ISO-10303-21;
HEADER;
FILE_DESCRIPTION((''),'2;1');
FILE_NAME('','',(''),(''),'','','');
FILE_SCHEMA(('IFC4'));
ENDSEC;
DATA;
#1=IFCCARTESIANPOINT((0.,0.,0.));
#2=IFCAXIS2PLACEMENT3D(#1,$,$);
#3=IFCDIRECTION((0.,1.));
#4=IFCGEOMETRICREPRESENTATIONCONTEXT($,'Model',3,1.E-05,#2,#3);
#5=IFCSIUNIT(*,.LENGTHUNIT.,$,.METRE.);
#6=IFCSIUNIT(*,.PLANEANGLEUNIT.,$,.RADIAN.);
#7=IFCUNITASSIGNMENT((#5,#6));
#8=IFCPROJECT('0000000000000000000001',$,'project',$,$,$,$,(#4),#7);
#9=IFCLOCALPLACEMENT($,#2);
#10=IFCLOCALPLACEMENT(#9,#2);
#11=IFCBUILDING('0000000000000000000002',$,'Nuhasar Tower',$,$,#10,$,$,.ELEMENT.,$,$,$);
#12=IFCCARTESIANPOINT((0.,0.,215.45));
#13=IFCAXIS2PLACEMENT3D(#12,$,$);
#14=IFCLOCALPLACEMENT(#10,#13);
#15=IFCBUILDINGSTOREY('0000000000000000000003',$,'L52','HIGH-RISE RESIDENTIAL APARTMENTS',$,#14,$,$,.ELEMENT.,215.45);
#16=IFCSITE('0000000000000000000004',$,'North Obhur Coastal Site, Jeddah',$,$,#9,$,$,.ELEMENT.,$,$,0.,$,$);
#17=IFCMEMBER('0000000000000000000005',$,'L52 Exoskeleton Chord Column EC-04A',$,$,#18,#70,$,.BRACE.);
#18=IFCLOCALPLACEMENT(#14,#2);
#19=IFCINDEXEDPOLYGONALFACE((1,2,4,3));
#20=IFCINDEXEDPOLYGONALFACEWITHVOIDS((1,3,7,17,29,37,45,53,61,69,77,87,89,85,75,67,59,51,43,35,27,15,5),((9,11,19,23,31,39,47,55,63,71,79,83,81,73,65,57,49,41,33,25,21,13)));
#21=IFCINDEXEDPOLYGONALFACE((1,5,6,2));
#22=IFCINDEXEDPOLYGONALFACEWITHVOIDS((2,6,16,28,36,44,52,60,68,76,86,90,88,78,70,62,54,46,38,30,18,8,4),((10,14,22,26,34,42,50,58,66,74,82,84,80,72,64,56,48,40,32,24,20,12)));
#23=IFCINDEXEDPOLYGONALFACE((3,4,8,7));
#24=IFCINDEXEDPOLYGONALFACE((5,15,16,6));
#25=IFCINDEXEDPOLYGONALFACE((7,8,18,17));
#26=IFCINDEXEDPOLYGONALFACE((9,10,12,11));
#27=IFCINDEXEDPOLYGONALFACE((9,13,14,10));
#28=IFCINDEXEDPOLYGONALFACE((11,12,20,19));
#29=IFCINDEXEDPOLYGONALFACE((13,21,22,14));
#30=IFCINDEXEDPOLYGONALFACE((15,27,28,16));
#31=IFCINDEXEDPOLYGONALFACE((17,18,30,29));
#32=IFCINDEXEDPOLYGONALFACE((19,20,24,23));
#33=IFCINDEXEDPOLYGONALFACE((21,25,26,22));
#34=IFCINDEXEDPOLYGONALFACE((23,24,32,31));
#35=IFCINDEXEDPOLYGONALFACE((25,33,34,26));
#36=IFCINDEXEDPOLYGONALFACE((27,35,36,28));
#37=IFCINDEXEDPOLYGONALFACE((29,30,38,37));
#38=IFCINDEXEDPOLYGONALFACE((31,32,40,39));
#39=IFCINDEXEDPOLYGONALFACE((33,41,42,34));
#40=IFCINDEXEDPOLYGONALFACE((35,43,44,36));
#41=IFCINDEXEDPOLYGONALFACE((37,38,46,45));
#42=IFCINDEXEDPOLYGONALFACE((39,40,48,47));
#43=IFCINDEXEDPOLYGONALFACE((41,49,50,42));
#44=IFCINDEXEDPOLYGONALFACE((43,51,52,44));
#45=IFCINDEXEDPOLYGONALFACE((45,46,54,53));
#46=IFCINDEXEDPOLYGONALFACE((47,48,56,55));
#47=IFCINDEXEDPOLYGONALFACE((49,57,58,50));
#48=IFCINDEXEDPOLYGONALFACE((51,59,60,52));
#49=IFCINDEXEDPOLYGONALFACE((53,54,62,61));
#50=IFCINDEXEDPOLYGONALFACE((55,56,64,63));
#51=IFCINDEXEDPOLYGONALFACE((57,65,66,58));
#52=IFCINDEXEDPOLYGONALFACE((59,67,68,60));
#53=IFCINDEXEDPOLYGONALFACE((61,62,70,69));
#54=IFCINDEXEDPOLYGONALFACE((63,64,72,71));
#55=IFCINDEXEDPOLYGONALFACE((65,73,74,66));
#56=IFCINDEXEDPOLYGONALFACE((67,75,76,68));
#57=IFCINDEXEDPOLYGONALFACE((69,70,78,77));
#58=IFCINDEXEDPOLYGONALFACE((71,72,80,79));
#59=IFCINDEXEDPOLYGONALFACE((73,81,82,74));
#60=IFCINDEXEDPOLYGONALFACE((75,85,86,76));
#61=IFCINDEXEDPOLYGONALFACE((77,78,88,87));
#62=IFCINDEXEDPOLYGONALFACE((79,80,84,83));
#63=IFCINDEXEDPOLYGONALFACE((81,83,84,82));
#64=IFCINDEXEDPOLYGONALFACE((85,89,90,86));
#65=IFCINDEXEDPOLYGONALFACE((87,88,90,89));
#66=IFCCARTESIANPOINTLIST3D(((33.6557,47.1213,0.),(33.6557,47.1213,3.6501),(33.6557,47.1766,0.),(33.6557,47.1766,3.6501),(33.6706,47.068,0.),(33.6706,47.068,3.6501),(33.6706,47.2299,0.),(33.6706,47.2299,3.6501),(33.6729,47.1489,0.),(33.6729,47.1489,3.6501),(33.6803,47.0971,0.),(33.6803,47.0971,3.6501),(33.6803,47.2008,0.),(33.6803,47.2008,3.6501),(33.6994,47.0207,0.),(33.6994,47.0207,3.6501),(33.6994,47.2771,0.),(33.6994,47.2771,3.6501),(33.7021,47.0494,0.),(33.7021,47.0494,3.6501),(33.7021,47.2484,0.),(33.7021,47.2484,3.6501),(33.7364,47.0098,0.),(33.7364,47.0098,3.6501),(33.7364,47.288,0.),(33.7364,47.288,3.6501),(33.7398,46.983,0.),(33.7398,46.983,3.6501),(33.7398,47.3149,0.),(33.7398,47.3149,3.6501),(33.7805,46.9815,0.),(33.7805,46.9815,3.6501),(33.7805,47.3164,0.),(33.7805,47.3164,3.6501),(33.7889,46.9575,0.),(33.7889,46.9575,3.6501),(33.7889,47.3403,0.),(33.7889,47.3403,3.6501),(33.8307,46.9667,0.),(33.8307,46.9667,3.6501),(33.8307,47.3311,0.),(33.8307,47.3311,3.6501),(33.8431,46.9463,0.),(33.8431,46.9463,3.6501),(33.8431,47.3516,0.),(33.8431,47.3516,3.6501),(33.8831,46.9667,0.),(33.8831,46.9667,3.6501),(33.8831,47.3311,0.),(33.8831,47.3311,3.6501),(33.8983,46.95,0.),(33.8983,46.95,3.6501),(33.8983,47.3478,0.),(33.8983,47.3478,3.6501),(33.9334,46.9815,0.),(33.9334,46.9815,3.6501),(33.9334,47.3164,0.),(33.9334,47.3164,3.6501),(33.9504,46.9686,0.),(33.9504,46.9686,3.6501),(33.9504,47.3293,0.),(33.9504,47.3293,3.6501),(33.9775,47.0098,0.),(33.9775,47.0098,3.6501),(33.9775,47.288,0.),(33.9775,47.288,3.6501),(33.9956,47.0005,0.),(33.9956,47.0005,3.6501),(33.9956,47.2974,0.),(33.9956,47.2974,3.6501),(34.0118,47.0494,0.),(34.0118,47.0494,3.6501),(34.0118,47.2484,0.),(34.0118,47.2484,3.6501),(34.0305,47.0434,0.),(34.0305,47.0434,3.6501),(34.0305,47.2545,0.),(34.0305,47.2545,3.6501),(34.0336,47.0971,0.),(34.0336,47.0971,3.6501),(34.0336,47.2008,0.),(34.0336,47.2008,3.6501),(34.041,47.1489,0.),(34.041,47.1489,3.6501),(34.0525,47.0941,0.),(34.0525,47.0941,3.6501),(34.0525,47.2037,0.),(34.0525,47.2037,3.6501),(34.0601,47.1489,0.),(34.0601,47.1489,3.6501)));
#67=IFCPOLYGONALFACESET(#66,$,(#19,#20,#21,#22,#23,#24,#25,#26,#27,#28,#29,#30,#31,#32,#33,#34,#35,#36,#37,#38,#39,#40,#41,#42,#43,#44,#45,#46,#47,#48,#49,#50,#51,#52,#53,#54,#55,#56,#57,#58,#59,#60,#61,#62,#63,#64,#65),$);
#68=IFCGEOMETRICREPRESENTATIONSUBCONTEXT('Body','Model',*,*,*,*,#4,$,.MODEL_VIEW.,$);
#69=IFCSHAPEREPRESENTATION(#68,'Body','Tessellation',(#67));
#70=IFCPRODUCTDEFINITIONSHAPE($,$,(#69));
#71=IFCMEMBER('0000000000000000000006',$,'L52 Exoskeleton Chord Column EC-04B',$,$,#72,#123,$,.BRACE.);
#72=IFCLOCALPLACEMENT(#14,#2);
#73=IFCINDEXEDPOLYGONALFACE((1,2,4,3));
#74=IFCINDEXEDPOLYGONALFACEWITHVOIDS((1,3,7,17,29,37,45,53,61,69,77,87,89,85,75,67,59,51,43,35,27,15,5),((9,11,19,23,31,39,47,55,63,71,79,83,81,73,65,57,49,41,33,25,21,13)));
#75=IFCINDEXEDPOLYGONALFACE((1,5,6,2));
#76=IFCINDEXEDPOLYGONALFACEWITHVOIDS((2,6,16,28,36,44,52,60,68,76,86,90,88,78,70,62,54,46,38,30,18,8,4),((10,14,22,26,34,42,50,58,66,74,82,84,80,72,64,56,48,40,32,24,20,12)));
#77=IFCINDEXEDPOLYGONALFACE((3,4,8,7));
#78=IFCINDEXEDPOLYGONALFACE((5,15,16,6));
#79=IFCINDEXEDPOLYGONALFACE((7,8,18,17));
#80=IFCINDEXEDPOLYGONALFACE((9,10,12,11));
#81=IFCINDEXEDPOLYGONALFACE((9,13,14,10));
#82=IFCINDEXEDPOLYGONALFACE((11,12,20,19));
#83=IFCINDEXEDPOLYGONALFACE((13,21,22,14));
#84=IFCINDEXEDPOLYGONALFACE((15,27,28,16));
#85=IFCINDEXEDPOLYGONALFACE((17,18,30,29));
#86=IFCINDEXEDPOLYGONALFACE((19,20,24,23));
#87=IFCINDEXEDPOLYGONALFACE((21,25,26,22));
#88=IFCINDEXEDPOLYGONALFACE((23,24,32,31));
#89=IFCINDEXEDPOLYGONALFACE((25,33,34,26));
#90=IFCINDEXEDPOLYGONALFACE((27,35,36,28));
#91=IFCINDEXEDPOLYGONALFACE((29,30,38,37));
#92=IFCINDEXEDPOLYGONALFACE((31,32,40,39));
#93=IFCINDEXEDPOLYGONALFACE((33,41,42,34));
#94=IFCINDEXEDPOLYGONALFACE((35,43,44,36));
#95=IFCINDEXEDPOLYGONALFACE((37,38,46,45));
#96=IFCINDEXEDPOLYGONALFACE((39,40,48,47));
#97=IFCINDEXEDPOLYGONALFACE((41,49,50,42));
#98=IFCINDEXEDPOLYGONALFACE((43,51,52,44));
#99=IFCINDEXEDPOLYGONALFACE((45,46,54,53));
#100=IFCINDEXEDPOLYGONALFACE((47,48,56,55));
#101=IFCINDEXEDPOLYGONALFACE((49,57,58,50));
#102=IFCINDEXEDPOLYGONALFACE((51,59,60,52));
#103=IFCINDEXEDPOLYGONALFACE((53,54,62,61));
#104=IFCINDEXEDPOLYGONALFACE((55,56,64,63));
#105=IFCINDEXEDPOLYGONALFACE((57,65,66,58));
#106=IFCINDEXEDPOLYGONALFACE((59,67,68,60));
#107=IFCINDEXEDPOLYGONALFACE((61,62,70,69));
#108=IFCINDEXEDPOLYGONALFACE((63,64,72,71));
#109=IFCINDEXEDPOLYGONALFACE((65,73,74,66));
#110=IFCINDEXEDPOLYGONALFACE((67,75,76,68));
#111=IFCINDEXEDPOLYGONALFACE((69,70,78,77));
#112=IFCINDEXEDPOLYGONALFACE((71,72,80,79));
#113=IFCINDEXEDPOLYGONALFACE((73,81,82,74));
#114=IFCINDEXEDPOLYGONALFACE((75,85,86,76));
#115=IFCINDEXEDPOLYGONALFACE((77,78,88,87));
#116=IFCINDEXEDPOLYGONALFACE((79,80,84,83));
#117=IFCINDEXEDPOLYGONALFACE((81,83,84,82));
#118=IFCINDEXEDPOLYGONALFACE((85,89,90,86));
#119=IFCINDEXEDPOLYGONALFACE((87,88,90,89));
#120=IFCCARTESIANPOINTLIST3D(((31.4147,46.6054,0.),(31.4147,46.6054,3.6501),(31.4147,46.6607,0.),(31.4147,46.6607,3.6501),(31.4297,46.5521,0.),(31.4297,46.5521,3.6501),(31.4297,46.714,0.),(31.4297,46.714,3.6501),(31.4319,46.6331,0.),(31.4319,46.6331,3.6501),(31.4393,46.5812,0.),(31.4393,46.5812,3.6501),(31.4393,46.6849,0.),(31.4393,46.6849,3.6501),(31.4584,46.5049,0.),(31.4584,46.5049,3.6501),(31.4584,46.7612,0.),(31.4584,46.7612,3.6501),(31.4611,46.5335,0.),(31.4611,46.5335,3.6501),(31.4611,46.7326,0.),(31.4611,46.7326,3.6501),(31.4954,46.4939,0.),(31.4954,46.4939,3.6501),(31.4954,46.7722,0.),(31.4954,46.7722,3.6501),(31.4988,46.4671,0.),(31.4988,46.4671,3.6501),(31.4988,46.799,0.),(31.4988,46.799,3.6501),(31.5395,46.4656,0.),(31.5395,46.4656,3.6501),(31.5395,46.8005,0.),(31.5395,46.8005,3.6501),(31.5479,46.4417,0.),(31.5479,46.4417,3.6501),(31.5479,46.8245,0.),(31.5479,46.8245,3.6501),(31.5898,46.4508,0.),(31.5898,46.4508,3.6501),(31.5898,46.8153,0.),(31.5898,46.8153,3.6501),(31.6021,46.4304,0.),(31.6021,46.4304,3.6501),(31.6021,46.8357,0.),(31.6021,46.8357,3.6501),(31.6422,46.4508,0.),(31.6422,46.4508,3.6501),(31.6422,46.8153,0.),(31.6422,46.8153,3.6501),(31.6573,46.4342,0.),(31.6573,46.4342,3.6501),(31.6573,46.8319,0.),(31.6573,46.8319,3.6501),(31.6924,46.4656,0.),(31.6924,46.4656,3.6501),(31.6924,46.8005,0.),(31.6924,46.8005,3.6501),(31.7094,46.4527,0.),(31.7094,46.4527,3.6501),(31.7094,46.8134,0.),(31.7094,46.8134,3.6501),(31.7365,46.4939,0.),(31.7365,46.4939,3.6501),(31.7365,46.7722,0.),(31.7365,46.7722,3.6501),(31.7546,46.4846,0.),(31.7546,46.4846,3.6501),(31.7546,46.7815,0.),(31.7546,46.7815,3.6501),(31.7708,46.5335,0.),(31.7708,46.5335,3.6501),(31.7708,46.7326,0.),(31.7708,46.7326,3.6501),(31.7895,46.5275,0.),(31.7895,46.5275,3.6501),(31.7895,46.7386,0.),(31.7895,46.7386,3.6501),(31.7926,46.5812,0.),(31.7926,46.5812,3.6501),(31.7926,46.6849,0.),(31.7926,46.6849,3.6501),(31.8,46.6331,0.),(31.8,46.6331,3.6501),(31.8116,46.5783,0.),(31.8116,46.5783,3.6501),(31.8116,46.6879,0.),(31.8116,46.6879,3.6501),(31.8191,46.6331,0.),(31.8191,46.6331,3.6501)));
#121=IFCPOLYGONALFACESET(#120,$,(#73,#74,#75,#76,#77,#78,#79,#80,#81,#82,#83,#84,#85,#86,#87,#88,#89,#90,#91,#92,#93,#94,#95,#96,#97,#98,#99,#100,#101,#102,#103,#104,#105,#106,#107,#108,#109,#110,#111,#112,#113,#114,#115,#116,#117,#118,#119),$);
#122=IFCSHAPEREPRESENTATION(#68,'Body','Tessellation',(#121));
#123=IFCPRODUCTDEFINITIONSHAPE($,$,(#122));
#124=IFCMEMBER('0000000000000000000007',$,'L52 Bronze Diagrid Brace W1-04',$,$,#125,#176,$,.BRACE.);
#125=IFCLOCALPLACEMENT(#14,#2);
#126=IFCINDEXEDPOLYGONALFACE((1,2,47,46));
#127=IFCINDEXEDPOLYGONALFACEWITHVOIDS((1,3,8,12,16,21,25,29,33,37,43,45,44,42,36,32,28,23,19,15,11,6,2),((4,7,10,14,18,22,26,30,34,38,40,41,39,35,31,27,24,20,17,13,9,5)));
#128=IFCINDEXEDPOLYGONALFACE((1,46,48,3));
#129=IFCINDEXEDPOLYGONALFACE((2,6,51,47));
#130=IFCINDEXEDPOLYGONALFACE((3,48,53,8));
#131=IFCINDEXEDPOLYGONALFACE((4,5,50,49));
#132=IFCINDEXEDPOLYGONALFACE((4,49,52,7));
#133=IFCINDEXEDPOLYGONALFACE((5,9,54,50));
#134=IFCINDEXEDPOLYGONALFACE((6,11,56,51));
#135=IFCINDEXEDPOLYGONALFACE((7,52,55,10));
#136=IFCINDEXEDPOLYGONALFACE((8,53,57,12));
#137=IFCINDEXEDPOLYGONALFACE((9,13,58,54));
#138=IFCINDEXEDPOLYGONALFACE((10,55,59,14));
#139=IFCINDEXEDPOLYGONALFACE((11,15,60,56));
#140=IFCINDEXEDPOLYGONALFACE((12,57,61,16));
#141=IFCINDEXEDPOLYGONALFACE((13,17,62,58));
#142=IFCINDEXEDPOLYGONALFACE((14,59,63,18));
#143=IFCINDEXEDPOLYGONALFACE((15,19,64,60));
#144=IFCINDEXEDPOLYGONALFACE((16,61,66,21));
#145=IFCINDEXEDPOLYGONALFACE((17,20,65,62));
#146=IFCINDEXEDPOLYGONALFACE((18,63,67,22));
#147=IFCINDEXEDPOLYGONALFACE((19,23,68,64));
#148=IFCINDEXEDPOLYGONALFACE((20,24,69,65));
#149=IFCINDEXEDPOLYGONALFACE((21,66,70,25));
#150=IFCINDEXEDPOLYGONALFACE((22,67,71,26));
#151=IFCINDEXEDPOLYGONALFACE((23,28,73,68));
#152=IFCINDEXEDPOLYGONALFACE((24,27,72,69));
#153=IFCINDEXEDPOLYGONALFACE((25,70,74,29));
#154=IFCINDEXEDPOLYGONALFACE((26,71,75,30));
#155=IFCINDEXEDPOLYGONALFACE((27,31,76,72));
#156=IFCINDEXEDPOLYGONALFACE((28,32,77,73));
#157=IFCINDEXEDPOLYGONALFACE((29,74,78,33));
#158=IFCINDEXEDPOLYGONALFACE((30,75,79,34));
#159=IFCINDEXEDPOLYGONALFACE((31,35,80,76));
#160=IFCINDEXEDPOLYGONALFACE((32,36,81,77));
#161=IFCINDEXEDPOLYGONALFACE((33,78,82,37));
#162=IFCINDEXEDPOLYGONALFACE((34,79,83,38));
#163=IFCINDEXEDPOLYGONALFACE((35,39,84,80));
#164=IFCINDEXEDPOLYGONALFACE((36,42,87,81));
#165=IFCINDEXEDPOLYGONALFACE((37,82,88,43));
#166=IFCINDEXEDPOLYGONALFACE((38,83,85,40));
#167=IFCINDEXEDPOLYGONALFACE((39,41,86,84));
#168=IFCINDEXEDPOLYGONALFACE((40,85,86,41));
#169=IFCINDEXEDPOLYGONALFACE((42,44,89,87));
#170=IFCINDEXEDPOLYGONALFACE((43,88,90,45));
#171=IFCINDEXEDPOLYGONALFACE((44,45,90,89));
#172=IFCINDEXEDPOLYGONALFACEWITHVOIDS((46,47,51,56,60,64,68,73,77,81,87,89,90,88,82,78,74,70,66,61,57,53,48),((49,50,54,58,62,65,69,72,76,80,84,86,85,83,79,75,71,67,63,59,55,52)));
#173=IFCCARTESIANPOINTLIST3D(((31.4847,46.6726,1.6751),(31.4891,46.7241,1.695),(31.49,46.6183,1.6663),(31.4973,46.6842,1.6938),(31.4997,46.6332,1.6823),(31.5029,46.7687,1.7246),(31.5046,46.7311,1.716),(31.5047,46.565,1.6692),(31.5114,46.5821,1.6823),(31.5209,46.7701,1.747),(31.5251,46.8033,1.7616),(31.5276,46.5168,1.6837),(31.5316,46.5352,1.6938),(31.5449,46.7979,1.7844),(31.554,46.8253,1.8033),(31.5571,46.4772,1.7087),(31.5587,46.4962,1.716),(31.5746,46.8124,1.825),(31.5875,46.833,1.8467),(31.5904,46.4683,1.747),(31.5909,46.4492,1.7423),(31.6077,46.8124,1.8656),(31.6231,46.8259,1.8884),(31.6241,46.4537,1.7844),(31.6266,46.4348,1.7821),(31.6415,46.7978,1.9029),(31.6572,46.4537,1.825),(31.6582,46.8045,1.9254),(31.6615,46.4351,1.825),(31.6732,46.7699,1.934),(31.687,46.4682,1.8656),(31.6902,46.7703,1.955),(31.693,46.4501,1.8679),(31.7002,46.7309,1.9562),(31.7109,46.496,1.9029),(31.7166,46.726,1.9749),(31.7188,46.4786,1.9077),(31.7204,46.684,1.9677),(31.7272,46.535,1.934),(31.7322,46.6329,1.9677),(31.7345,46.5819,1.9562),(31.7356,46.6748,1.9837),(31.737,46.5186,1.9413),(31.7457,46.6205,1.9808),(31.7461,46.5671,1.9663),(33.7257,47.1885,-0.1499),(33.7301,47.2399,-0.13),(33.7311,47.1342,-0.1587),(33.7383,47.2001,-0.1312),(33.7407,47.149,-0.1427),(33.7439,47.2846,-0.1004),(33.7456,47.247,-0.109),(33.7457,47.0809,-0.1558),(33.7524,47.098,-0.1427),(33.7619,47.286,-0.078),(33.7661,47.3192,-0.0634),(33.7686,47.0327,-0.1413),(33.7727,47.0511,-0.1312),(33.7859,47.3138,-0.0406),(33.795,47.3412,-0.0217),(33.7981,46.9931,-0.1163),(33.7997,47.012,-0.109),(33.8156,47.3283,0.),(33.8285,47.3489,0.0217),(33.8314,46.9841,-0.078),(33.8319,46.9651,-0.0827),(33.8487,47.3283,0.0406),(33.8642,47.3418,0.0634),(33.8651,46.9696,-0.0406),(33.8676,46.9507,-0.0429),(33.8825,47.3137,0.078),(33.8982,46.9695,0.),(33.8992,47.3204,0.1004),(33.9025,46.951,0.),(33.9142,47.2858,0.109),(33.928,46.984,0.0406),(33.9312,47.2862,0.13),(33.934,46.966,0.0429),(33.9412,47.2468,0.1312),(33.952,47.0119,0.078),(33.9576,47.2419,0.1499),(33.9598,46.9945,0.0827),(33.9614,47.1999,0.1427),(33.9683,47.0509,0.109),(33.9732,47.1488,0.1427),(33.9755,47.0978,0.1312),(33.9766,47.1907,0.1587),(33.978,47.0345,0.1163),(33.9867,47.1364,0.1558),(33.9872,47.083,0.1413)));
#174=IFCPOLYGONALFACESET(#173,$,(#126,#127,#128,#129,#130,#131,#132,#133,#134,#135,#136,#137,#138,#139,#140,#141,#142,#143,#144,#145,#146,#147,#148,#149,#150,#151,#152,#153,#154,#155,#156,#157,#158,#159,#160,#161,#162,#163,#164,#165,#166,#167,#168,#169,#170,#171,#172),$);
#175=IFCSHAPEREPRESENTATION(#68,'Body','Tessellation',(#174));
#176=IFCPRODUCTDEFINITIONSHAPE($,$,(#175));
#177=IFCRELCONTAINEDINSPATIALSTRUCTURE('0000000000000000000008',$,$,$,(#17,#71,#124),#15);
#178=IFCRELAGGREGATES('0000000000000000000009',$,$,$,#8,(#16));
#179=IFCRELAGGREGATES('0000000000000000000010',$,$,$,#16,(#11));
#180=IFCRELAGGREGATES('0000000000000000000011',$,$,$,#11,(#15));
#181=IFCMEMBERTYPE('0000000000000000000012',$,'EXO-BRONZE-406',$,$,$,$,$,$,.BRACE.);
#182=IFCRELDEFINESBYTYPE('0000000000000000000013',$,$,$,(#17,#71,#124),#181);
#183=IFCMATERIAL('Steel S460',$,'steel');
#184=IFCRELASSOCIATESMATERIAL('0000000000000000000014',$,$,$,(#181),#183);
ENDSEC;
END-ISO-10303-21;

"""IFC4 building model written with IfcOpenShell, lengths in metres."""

from ifc_helpers import new_model, si_unit, direction, frame, origin, origin_2d, place, context, subcontext, project, spatial, hollow_circle, extrude, material, material_profile, profile_set, type_object, element, save


model = new_model("IFC4")

# Units and contexts
model_context = context("Model", 3, precision=1e-05, world=origin(), true_north=direction((0.0, 1.0)))
body_context = subcontext(model_context, "Body", "Model", "MODEL_VIEW")
ifc_project = project(units=[si_unit("LENGTHUNIT", "METRE"), si_unit("PLANEANGLEUNIT", "RADIAN")], contexts=[model_context])

# Site, building, storey
site_placement = place(None, origin())
site = spatial("IfcSite", under=ifc_project, at=site_placement, Name="North Obhur Coastal Site, Jeddah", CompositionType="ELEMENT", RefElevation=0.0)
building_placement = place(site_placement, origin())
building = spatial("IfcBuilding", under=site, at=building_placement, Name="Nuhasar Tower", CompositionType="ELEMENT")
storey_placement = place(building_placement, frame((0.0, 0.0, 215.45)))
storey = spatial("IfcBuildingStorey", under=building, at=storey_placement, Name="L52", Description="HIGH-RISE RESIDENTIAL APARTMENTS", CompositionType="ELEMENT", Elevation=215.45)

# Members
ifc_material_1 = material(Name="Steel S460", Category="steel")
ifc_material_profile_1 = material_profile(ifc_material_1, hollow_circle(Radius=0.2031, WallThickness=0.019, at=origin_2d()), Name="HSS406.4X19.1")
ifc_profile_set_1 = profile_set([ifc_material_profile_1], Name="Steel S460")
member_type = type_object("IfcMemberType", Name="EXO-BRONZE-406", PredefinedType="BRACE", material=ifc_profile_set_1)
for number, where, z_axis, x_axis, name in (
    (1, (33.8569, 47.1489, 0.0), (0.0, 0.0, 1.0), (1.0, 0.0, 0.0), "L52 Exoskeleton Chord Column EC-04A"),
    (2, (31.616, 46.6331, 0.0), (0.0, 0.0, 1.0), (1.0, 0.0, 0.0), "L52 Exoskeleton Chord Column EC-04B"),
):
    element("IfcMember", number, at=place(storey_placement, frame(where, z_axis=z_axis, x_axis=x_axis)), inside=storey, type_object=member_type, Name=name, PredefinedType="BRACE", context=body_context, shape_type="SweptSolid", body=[
        extrude(hollow_circle(Radius=0.2031, WallThickness=0.019, at=origin_2d()), origin(), (0.0, 0.0, 1.0), 3.6501),
    ])
for number, where, z_axis, x_axis, name in (
    (3, (33.8569, 47.1489, 0.0), (-0.763343, -0.175721, 0.621635), (0.224332, -0.974513, 0.0), "L52 Bronze Diagrid Brace W1-04"),
):
    element("IfcMember", number, at=place(storey_placement, frame(where, z_axis=z_axis, x_axis=x_axis)), inside=storey, type_object=member_type, Name=name, PredefinedType="BRACE", context=body_context, shape_type="SweptSolid", body=[
        extrude(hollow_circle(Radius=0.2031, WallThickness=0.019, at=origin_2d()), origin(), (0.0, 0.0, 1.0), 2.9358),
    ])

save(model, "model.ifc")
